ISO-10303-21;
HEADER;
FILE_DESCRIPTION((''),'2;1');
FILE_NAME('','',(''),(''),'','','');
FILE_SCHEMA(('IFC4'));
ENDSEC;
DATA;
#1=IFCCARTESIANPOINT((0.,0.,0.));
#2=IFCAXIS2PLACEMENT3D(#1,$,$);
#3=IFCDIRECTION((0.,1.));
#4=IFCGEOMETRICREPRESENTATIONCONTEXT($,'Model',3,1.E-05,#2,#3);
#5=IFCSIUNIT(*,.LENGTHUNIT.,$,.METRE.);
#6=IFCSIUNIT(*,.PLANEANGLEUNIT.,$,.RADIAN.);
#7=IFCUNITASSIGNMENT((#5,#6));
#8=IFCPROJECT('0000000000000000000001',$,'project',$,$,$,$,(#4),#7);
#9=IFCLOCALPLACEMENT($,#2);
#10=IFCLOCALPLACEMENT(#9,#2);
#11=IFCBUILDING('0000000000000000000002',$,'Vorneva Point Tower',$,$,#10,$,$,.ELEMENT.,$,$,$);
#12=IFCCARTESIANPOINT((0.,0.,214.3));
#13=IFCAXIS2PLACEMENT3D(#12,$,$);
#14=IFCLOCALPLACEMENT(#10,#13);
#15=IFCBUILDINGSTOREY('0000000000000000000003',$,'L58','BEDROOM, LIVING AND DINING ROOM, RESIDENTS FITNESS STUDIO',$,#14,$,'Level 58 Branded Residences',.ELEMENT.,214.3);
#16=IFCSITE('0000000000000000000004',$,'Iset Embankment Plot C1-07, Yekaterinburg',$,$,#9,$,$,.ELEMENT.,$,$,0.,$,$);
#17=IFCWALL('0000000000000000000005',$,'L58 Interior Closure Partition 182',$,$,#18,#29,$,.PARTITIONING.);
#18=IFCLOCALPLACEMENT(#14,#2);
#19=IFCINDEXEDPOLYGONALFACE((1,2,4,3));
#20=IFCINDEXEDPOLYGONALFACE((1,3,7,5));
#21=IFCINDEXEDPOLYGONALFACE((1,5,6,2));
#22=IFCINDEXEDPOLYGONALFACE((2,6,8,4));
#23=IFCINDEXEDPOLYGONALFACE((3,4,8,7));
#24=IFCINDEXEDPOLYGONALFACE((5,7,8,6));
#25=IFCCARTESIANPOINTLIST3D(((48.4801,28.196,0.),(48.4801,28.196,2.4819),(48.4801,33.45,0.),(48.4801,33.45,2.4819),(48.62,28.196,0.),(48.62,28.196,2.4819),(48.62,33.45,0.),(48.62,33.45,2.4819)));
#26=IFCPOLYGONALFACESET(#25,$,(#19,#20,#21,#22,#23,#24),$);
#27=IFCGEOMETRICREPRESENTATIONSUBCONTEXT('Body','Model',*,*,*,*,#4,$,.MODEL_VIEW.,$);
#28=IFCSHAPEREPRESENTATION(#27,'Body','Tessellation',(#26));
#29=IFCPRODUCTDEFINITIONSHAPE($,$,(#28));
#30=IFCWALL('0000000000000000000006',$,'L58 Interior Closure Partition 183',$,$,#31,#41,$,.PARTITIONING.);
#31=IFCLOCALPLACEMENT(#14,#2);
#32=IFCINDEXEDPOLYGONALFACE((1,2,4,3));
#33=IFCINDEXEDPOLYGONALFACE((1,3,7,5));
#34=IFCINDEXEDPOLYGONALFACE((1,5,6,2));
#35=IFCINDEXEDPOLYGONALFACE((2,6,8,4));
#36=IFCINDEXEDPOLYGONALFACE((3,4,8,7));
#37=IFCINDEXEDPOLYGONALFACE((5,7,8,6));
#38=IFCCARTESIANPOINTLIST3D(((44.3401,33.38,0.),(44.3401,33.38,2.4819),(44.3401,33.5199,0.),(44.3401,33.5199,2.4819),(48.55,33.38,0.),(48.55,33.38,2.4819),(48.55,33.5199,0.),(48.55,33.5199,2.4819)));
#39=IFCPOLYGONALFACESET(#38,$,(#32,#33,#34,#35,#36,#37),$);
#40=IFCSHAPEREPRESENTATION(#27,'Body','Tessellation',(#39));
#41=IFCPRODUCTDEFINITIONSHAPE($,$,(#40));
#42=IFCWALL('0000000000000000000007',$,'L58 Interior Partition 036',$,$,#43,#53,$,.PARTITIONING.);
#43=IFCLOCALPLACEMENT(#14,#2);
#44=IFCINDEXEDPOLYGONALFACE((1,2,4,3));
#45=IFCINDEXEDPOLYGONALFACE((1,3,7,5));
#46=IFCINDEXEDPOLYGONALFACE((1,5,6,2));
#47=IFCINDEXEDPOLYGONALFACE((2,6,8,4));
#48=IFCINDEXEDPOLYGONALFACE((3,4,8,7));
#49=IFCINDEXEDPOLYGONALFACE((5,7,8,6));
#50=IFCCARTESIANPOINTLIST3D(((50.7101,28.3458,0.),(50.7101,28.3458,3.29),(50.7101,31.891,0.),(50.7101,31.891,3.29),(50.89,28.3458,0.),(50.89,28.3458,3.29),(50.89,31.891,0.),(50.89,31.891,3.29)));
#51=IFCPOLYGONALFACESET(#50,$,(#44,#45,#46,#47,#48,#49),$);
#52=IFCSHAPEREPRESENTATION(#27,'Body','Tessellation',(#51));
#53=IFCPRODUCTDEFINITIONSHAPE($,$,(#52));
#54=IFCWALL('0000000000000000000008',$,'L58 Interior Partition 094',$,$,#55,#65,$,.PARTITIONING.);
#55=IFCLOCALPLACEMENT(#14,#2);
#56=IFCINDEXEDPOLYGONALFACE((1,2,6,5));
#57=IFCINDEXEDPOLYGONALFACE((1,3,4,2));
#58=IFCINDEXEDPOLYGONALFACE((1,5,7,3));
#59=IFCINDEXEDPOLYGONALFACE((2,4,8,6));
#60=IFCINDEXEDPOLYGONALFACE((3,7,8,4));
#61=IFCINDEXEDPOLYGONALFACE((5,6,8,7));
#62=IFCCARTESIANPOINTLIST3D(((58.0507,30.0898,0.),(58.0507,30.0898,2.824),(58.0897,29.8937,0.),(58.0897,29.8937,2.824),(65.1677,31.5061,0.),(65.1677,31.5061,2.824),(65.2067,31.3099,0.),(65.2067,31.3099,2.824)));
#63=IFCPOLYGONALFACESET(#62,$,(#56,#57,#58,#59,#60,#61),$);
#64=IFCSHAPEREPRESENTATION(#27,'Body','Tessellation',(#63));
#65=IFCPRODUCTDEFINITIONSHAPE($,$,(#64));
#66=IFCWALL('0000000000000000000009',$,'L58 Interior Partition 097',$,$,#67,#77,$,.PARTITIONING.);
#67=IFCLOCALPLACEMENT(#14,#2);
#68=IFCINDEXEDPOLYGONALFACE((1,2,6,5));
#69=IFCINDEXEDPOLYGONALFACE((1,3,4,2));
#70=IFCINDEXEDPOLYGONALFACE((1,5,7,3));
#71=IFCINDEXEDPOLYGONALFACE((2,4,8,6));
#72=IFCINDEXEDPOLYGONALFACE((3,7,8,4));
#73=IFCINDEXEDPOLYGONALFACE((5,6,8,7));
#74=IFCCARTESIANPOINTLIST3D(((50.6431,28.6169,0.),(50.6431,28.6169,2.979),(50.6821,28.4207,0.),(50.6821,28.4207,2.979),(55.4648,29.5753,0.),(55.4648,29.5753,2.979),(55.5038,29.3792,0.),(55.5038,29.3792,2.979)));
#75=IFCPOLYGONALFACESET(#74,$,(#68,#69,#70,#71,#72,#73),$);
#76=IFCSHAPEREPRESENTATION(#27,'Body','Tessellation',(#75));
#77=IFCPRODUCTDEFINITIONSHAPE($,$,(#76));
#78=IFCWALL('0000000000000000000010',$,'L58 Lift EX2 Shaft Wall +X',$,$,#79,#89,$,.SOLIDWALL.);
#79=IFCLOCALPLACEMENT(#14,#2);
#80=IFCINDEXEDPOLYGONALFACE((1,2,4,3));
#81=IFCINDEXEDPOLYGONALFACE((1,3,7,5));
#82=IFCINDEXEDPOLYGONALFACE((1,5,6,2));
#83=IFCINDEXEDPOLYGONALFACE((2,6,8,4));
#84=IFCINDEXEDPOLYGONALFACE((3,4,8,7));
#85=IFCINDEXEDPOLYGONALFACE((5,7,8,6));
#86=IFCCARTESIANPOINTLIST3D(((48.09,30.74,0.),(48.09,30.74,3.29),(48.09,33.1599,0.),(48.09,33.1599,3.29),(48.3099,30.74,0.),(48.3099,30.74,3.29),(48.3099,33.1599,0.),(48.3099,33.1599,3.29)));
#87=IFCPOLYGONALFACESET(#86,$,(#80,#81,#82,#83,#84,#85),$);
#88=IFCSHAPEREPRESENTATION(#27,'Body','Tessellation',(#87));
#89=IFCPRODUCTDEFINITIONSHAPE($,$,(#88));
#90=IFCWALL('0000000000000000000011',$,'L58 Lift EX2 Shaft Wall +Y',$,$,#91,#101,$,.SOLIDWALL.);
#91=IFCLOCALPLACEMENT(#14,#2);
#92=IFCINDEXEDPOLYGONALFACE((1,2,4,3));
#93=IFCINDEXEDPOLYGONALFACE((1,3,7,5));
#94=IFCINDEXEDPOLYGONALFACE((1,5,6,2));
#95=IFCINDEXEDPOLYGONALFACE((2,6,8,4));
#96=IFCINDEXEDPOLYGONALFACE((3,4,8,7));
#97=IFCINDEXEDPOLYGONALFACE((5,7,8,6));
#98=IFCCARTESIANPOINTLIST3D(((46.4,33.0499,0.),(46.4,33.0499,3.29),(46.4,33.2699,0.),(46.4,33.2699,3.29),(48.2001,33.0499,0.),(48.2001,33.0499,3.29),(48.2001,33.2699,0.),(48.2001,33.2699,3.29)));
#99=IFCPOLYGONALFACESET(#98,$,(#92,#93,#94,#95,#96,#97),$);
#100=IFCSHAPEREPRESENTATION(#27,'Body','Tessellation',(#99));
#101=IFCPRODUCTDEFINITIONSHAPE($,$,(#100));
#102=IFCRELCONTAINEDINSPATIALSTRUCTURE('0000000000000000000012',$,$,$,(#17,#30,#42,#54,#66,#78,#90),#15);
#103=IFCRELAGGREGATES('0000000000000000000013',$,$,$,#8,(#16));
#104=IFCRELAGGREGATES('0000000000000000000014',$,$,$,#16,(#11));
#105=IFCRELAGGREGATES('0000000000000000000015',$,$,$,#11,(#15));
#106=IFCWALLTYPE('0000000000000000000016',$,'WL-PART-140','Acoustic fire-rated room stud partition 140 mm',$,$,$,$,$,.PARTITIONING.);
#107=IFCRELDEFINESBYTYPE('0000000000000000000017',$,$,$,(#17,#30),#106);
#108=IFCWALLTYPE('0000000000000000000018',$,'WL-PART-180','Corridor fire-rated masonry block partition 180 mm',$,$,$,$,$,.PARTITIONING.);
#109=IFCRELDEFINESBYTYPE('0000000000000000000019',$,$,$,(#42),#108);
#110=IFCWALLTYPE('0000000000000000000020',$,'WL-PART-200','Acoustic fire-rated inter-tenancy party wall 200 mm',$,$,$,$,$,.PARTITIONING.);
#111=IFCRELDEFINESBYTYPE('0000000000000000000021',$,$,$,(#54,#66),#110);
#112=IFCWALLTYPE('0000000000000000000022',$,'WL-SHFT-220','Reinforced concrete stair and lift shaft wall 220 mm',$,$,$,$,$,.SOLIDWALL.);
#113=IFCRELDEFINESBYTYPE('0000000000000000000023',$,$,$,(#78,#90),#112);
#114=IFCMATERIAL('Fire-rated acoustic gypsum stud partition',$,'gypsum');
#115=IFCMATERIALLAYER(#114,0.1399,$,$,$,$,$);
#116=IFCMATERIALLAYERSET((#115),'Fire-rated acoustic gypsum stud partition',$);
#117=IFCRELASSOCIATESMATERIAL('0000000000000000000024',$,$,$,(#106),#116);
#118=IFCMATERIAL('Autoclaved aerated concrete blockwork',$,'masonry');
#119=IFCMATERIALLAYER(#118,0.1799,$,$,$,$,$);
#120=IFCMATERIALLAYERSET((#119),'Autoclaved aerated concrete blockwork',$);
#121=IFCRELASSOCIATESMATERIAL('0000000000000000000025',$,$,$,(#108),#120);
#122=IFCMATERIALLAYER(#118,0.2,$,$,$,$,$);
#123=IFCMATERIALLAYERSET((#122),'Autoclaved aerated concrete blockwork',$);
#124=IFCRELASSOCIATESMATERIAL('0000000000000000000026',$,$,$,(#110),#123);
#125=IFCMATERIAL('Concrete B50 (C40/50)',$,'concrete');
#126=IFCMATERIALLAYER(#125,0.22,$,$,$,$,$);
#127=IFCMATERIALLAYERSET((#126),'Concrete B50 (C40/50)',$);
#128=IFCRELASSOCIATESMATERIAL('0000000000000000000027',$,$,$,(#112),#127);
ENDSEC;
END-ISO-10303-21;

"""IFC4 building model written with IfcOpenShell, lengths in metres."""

from ifc_helpers import new_model, si_unit, direction, frame, frame_2d, origin, place, context, subcontext, project, spatial, rectangle, extrude, material, layer, layer_set, type_object, element, save


model = new_model("IFC4")

# Units and contexts
model_context = context("Model", 3, precision=1e-05, world=origin(), true_north=direction((0.0, 1.0)))
body_context = subcontext(model_context, "Body", "Model", "MODEL_VIEW")
ifc_project = project(units=[si_unit("LENGTHUNIT", "METRE"), si_unit("PLANEANGLEUNIT", "RADIAN")], contexts=[model_context])

# Site, building, storey
site_placement = place(None, origin())
site = spatial("IfcSite", under=ifc_project, at=site_placement, Name="Iset Embankment Plot C1-07, Yekaterinburg", CompositionType="ELEMENT", RefElevation=0.0)
building_placement = place(site_placement, origin())
building = spatial("IfcBuilding", under=site, at=building_placement, Name="Vorneva Point Tower", CompositionType="ELEMENT")
storey_placement = place(building_placement, frame((0.0, 0.0, 214.3)))
storey = spatial("IfcBuildingStorey", under=building, at=storey_placement, Name="L58", Description="BEDROOM, LIVING AND DINING ROOM, RESIDENTS FITNESS STUDIO", LongName="Level 58 Branded Residences", CompositionType="ELEMENT", Elevation=214.3)

# Shared definitions
ifc_material_1 = material(Name="Concrete B50 (C40/50)", Category="concrete")

# Shared definitions
ifc_material_2 = material(Name="Fire-rated acoustic gypsum stud partition", Category="gypsum")

# Shared definitions
ifc_layer_1 = layer(ifc_material_2, 0.1399)
ifc_layer_set_1 = layer_set([ifc_layer_1], Name="Fire-rated acoustic gypsum stud partition")
wall_type_1 = type_object("IfcWallType", Name="WL-PART-140", Description="Acoustic fire-rated room stud partition 140 mm", PredefinedType="PARTITIONING", material=ifc_layer_set_1)

# Walls
wall_1_placement = place(storey_placement, frame((48.55, 28.196, 0.0), z_axis=(0.0, 0.0, 1.0), x_axis=(0.0, 1.0, 0.0)))
element("IfcWall", 1, at=wall_1_placement, inside=storey, type_object=wall_type_1, Name="L58 Interior Closure Partition 182", PredefinedType="PARTITIONING", context=body_context, shape_type="SweptSolid", body=[
    extrude(rectangle(XDim=5.2539, YDim=0.1399, at=frame_2d((2.627, 0.0))), origin(), (0.0, 0.0, 1.0), 2.4819),
])
wall_2_placement = place(storey_placement, frame((48.55, 33.45, 0.0), z_axis=(0.0, 0.0, 1.0), x_axis=(-1.0, 0.0, 0.0)))
element("IfcWall", 2, at=wall_2_placement, inside=storey, type_object=wall_type_1, Name="L58 Interior Closure Partition 183", PredefinedType="PARTITIONING", context=body_context, shape_type="SweptSolid", body=[
    extrude(rectangle(XDim=4.21, YDim=0.1399, at=frame_2d((2.105, 0.0))), origin(), (0.0, 0.0, 1.0), 2.4819),
])

# Shared definitions
ifc_material_3 = material(Name="Autoclaved aerated concrete blockwork", Category="masonry")
ifc_layer_2 = layer(ifc_material_3, 0.1799)
ifc_layer_set_2 = layer_set([ifc_layer_2], Name="Autoclaved aerated concrete blockwork")
wall_type_2 = type_object("IfcWallType", Name="WL-PART-180", Description="Corridor fire-rated masonry block partition 180 mm", PredefinedType="PARTITIONING", material=ifc_layer_set_2)

# Walls
wall_3_placement = place(storey_placement, frame((50.8, 28.3459, 0.0), z_axis=(0.0, 0.0, 1.0), x_axis=(0.0, 1.0, 0.0)))
element("IfcWall", 3, at=wall_3_placement, inside=storey, type_object=wall_type_2, Name="L58 Interior Partition 036", PredefinedType="PARTITIONING", context=body_context, shape_type="SweptSolid", body=[
    extrude(rectangle(XDim=3.5452, YDim=0.1799, at=frame_2d((1.7725, 0.0))), origin(), (0.0, 0.0, 1.0), 3.29),
])
ifc_layer_3 = layer(ifc_material_3, 0.2)
ifc_layer_set_3 = layer_set([ifc_layer_3], Name="Autoclaved aerated concrete blockwork")
wall_type_3 = type_object("IfcWallType", Name="WL-PART-200", Description="Acoustic fire-rated inter-tenancy party wall 200 mm", PredefinedType="PARTITIONING", material=ifc_layer_set_3)
wall_4_placement = place(storey_placement, frame((58.0701, 29.9917, 0.0), z_axis=(0.0, 0.0, 1.0), x_axis=(0.980769, 0.195171, 0.0)))
element("IfcWall", 4, at=wall_4_placement, inside=storey, type_object=wall_type_3, Name="L58 Interior Partition 094", PredefinedType="PARTITIONING", context=body_context, shape_type="SweptSolid", body=[
    extrude(rectangle(XDim=7.2566, YDim=0.2, at=frame_2d((3.6284, 0.0))), origin(), (0.0, 0.0, 1.0), 2.824),
])
wall_5_placement = place(storey_placement, frame((50.6626, 28.5188, 0.0), z_axis=(0.0, 0.0, 1.0), x_axis=(0.980809, 0.19497, 0.0)))
element("IfcWall", 5, at=wall_5_placement, inside=storey, type_object=wall_type_3, Name="L58 Interior Partition 097", PredefinedType="PARTITIONING", context=body_context, shape_type="SweptSolid", body=[
    extrude(rectangle(XDim=4.916, YDim=0.2, at=frame_2d((2.458, 0.0))), origin(), (0.0, 0.0, 1.0), 2.979),
])
ifc_layer_4 = layer(ifc_material_1, 0.22)
ifc_layer_set_4 = layer_set([ifc_layer_4], Name="Concrete B50 (C40/50)")
wall_type_4 = type_object("IfcWallType", Name="WL-SHFT-220", Description="Reinforced concrete stair and lift shaft wall 220 mm", PredefinedType="SOLIDWALL", material=ifc_layer_set_4)
wall_6_placement = place(storey_placement, frame((48.2, 30.74, 0.0), z_axis=(0.0, 0.0, 1.0), x_axis=(0.0, 1.0, 0.0)))
element("IfcWall", 6, at=wall_6_placement, inside=storey, type_object=wall_type_4, Name="L58 Lift EX2 Shaft Wall +X", PredefinedType="SOLIDWALL", context=body_context, shape_type="SweptSolid", body=[
    extrude(rectangle(XDim=2.4199, YDim=0.22, at=frame_2d((1.21, 0.0))), origin(), (0.0, 0.0, 1.0), 3.29),
])
wall_7_placement = place(storey_placement, frame((48.2, 33.1599, 0.0), z_axis=(0.0, 0.0, 1.0), x_axis=(-1.0, 0.0, 0.0)))
element("IfcWall", 7, at=wall_7_placement, inside=storey, type_object=wall_type_4, Name="L58 Lift EX2 Shaft Wall +Y", PredefinedType="SOLIDWALL", context=body_context, shape_type="SweptSolid", body=[
    extrude(rectangle(XDim=1.8, YDim=0.22, at=frame_2d((0.8999, 0.0))), origin(), (0.0, 0.0, 1.0), 3.29),
])

save(model, "model.ifc")
